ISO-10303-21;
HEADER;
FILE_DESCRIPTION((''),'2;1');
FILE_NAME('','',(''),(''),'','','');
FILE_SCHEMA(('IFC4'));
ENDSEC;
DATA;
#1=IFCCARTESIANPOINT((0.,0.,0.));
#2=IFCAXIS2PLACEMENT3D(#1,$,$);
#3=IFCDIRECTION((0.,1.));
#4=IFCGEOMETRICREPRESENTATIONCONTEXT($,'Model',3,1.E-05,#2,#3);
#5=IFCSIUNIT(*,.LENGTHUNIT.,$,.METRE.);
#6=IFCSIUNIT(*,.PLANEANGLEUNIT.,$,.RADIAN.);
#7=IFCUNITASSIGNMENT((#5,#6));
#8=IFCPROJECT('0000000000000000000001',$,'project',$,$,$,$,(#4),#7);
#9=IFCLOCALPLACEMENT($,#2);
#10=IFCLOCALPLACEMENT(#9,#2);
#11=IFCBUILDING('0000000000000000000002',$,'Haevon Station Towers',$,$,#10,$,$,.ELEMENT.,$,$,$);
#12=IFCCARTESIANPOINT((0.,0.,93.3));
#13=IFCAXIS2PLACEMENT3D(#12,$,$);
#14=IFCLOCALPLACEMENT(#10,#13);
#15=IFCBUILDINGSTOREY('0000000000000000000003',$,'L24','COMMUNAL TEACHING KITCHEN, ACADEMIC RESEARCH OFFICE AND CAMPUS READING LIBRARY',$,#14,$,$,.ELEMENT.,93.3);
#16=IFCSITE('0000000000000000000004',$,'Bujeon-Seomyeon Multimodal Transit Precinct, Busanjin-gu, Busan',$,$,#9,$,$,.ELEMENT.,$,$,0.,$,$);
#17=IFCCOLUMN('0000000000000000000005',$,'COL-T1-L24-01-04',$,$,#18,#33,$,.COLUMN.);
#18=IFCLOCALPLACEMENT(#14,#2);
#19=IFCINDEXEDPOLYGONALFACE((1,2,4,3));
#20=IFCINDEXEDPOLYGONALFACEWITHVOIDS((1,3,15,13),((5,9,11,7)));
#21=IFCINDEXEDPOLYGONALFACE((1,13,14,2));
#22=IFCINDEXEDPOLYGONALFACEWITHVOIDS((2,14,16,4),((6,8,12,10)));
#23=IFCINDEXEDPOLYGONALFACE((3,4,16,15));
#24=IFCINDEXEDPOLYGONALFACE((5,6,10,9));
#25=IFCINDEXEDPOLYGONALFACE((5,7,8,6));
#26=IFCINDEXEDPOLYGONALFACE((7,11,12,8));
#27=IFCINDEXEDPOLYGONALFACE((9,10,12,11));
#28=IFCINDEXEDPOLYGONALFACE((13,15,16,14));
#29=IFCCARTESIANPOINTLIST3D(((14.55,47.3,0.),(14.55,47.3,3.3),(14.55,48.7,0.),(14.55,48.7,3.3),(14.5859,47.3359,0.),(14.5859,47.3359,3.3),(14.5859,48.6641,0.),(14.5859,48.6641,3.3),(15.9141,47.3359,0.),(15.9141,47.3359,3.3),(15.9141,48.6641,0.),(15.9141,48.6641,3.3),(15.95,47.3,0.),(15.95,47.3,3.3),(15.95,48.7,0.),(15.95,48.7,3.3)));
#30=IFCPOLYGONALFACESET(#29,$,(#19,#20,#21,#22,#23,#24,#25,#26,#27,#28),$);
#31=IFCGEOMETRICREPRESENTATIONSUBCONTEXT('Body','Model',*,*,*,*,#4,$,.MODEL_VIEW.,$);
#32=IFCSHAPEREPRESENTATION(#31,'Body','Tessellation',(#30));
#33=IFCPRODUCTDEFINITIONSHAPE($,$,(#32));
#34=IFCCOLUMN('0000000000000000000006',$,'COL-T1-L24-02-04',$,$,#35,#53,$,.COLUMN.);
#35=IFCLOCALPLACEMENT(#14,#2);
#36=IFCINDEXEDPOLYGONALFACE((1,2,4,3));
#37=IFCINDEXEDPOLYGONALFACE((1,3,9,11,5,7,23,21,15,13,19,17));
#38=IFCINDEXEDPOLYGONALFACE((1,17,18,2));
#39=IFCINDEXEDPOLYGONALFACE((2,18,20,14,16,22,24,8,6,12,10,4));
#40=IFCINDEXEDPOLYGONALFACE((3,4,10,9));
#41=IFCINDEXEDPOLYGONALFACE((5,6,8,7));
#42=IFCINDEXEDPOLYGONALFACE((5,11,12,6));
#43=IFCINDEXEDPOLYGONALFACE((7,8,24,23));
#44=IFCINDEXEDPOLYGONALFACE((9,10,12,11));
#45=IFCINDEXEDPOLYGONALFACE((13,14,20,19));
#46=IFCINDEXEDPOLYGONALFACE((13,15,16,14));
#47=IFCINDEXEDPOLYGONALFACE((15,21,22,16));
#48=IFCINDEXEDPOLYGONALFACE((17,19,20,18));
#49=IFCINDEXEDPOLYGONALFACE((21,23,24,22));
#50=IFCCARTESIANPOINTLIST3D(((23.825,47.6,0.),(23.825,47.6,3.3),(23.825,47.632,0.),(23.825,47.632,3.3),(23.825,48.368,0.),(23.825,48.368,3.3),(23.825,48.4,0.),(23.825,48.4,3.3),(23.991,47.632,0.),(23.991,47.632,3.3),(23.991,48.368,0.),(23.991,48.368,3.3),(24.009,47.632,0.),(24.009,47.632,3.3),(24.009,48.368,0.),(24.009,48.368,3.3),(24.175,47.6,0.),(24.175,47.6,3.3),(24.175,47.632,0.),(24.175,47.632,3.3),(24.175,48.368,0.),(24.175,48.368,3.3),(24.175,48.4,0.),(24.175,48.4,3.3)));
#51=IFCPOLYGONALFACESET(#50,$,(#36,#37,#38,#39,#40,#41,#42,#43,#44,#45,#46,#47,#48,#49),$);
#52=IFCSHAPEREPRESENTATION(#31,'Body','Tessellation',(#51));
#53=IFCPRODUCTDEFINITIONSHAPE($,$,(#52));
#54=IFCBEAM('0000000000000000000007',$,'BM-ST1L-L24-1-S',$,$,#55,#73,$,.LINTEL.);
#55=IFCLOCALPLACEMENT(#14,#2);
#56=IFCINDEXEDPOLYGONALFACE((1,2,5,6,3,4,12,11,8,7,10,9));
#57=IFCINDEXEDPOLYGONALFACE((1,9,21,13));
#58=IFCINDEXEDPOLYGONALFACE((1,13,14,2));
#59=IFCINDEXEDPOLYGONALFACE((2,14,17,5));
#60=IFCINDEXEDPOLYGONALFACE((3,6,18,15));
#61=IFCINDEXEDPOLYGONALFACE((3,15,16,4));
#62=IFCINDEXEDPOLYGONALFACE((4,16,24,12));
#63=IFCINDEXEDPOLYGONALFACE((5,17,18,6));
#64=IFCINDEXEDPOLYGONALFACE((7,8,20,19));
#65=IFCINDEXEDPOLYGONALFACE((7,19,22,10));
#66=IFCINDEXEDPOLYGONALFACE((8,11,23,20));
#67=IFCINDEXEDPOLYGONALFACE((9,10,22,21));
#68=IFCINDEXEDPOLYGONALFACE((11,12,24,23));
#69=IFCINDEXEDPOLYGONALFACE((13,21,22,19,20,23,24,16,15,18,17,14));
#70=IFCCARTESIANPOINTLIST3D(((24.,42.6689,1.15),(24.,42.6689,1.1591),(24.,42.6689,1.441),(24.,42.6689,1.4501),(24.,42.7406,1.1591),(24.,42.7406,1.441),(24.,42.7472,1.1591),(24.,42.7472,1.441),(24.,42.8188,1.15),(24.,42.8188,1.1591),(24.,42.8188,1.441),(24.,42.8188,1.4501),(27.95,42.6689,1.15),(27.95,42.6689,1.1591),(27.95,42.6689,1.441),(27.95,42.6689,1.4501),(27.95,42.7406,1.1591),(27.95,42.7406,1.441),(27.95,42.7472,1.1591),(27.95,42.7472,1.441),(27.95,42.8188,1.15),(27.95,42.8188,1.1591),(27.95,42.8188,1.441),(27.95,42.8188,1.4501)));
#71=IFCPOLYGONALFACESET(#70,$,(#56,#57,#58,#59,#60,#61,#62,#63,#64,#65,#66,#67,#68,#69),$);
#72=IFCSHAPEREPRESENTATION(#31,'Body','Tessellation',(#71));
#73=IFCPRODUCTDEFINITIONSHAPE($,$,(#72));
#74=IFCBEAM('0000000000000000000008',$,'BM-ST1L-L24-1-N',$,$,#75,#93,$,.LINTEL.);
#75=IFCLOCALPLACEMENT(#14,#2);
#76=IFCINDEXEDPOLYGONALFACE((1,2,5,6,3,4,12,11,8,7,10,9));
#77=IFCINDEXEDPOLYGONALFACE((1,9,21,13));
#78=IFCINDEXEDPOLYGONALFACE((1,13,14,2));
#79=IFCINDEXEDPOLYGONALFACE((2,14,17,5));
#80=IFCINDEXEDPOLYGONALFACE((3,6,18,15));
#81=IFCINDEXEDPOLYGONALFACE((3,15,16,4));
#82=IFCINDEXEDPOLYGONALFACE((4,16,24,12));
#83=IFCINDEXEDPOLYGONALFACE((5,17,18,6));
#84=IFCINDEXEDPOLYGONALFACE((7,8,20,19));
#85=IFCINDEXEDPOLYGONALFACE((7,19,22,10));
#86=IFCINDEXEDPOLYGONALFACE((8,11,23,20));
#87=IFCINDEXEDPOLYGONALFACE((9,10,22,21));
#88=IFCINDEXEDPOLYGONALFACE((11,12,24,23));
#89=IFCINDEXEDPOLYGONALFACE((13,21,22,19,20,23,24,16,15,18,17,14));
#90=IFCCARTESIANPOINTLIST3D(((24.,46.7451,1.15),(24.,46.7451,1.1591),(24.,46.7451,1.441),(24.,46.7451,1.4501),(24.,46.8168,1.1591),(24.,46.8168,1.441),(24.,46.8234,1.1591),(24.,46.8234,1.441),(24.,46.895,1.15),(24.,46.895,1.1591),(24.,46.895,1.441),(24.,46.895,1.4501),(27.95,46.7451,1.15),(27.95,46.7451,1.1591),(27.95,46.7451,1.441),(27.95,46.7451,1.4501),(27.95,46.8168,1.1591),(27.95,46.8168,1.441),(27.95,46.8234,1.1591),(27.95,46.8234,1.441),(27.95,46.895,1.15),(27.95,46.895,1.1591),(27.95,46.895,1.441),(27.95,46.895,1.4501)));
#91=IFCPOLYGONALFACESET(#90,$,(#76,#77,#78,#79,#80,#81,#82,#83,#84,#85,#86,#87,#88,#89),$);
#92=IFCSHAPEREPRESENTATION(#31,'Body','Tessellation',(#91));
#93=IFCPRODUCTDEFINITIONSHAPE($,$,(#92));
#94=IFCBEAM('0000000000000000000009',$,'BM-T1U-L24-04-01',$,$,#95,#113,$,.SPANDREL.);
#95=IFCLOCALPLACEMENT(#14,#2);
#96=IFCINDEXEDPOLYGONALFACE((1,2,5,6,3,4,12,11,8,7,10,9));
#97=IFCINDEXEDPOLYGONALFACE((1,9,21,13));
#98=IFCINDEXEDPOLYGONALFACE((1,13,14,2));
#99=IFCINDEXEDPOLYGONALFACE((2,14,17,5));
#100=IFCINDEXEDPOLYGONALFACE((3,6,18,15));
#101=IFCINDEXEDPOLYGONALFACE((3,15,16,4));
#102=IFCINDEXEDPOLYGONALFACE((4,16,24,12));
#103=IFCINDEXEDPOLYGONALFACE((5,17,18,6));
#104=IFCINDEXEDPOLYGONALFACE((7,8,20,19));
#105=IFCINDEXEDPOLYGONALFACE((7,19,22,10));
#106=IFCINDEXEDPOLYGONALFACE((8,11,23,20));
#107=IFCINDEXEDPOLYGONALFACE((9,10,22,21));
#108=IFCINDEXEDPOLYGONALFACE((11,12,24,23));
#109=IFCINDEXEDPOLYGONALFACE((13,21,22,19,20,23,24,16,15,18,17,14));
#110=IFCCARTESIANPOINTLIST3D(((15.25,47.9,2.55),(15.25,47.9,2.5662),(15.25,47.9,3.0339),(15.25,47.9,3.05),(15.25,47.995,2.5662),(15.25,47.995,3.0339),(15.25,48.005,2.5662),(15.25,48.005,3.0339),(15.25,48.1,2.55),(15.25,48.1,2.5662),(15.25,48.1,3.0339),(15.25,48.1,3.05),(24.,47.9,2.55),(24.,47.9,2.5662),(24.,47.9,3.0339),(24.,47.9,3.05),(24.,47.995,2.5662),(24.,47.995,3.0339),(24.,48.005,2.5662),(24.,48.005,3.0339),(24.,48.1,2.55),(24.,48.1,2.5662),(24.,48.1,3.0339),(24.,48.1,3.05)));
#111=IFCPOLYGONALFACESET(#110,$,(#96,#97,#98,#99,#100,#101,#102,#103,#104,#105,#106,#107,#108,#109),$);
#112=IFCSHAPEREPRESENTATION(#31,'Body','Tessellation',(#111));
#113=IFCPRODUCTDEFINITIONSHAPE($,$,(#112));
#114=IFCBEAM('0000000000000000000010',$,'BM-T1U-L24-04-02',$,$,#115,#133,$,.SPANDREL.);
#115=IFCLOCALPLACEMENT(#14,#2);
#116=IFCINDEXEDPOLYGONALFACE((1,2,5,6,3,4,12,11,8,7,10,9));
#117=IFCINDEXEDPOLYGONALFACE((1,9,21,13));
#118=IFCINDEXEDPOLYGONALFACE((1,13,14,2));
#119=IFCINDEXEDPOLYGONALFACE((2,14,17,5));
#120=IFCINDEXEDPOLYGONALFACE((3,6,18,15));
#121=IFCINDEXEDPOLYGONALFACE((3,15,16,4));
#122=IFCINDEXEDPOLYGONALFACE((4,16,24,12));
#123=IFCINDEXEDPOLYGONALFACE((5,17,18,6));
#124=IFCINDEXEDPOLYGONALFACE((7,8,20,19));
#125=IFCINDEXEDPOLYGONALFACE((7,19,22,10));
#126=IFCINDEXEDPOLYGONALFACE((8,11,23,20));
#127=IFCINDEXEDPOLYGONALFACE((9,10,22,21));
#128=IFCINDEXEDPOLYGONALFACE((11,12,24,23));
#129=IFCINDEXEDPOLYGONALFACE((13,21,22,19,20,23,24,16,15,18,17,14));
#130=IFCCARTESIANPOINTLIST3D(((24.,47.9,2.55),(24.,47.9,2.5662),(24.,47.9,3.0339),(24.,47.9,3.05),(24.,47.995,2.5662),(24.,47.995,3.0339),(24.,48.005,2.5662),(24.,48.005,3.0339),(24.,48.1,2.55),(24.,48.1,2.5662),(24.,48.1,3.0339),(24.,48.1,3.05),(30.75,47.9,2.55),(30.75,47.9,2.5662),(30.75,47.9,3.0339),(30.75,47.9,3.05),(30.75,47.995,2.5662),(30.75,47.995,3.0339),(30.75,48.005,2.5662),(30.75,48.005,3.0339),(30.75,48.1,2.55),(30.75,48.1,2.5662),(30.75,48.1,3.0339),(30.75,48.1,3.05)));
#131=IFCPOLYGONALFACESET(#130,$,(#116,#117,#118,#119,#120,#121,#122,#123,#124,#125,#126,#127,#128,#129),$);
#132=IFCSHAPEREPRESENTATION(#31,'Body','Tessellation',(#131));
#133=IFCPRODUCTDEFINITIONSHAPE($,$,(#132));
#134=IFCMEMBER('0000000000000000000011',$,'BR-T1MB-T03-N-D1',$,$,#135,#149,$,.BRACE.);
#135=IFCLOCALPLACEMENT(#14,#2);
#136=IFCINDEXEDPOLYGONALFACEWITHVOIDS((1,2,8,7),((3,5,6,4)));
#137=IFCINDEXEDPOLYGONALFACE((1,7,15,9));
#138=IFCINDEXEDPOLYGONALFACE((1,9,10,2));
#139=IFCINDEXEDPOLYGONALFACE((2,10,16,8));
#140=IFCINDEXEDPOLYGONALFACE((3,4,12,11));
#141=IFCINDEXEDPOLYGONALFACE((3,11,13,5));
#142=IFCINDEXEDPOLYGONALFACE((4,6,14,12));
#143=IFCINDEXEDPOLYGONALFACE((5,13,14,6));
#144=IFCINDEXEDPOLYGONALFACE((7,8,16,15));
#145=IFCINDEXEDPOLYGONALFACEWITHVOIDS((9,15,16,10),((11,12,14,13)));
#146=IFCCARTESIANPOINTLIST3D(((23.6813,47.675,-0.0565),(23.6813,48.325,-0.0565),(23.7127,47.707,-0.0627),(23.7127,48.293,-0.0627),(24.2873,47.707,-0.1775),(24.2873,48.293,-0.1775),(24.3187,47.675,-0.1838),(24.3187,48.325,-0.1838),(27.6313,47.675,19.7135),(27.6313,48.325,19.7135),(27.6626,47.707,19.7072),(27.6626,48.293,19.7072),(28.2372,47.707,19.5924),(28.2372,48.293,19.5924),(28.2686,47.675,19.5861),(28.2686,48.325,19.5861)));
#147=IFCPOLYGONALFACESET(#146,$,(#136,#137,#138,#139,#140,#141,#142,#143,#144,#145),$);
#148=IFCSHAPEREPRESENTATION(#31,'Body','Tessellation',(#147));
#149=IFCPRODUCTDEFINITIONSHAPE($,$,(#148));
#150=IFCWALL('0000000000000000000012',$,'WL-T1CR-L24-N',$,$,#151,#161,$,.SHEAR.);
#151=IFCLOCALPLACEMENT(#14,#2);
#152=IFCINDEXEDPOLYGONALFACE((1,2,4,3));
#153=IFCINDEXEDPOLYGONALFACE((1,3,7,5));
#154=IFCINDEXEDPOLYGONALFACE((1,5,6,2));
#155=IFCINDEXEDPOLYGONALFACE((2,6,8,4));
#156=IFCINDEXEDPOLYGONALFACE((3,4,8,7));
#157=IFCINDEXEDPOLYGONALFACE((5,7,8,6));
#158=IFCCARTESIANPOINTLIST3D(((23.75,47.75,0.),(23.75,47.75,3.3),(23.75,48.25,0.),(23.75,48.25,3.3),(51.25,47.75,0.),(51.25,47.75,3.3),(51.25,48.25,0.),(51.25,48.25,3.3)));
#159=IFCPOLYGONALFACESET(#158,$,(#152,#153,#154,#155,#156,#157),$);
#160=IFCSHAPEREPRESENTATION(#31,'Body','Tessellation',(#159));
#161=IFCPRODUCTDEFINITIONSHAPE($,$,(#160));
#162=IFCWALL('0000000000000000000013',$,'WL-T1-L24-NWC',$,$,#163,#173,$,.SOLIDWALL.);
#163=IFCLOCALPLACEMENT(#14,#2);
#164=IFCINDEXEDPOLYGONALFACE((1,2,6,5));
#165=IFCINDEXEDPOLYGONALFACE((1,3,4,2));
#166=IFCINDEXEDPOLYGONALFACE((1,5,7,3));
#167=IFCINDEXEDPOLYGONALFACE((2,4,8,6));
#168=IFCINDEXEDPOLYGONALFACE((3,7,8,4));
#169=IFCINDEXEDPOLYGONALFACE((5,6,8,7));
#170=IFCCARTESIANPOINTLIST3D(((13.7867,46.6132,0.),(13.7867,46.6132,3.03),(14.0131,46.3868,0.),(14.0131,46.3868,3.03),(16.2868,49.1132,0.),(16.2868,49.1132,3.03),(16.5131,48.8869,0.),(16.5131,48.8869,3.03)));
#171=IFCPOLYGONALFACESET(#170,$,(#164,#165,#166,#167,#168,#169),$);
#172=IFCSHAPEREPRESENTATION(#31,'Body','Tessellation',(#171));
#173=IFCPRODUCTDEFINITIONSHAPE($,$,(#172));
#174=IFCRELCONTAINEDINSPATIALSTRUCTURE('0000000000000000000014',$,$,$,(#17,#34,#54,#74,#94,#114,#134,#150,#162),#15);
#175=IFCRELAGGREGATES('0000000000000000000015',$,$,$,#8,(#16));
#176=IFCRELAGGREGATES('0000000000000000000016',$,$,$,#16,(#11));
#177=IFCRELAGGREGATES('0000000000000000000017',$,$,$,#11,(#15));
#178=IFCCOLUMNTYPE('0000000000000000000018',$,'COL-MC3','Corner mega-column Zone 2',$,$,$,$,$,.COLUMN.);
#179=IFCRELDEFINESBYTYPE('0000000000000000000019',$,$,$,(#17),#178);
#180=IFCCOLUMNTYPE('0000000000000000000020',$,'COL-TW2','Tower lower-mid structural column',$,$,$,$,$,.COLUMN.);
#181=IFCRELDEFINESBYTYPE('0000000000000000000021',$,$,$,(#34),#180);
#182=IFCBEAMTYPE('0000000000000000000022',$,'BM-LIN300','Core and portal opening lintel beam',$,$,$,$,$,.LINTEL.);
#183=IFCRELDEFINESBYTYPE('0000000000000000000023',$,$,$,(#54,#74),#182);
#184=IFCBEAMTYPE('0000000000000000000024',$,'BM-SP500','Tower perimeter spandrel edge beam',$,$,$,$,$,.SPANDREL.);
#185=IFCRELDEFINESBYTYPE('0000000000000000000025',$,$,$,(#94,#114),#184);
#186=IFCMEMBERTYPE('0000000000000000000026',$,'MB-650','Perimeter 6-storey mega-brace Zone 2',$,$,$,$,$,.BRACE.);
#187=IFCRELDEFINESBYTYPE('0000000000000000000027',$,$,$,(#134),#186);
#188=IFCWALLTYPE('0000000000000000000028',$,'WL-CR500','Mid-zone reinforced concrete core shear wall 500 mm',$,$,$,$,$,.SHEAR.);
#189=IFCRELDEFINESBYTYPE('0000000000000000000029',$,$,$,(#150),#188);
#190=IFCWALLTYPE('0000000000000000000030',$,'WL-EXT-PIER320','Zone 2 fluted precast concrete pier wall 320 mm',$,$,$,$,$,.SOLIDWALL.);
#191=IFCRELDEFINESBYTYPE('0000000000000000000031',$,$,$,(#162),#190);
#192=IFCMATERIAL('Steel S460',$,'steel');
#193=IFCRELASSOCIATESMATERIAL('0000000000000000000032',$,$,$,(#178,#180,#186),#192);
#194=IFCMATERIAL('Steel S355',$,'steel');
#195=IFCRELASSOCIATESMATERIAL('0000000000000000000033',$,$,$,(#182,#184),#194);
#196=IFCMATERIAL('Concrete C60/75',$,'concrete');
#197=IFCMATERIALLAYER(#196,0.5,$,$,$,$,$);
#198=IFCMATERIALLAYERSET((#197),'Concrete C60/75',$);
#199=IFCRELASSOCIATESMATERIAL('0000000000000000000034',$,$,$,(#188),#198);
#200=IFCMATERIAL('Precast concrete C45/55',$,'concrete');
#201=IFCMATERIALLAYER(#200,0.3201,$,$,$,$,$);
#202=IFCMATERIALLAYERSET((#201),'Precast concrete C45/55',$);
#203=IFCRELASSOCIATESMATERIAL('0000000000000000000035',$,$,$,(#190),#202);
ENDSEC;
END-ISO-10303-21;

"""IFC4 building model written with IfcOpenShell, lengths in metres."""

from ifc_helpers import new_model, si_unit, direction, frame, frame_2d, origin, origin_2d, place, context, subcontext, project, spatial, rectangle, hollow_rectangle, i_section, extrude, material, layer, layer_set, material_profile, profile_set, type_object, element, save


model = new_model("IFC4")

# Units and contexts
model_context = context("Model", 3, precision=1e-05, world=origin(), true_north=direction((0.0, 1.0)))
body_context = subcontext(model_context, "Body", "Model", "MODEL_VIEW")
ifc_project = project(units=[si_unit("LENGTHUNIT", "METRE"), si_unit("PLANEANGLEUNIT", "RADIAN")], contexts=[model_context])

# Site, building, storey
site_placement = place(None, origin())
site = spatial("IfcSite", under=ifc_project, at=site_placement, Name="Bujeon-Seomyeon Multimodal Transit Precinct, Busanjin-gu, Busan", CompositionType="ELEMENT", RefElevation=0.0)
building_placement = place(site_placement, origin())
building = spatial("IfcBuilding", under=site, at=building_placement, Name="Haevon Station Towers", CompositionType="ELEMENT")
storey_placement = place(building_placement, frame((0.0, 0.0, 93.3)))
storey = spatial("IfcBuildingStorey", under=building, at=storey_placement, Name="L24", Description="COMMUNAL TEACHING KITCHEN, ACADEMIC RESEARCH OFFICE AND CAMPUS READING LIBRARY", CompositionType="ELEMENT", Elevation=93.3)

# Columns
ifc_material_1 = material(Name="Steel S460", Category="steel")
ifc_material_profile_1 = material_profile(ifc_material_1, hollow_rectangle(XDim=1.3999, YDim=1.3999, WallThickness=0.0359, at=origin_2d()), Name="BOX-1400x1400x36")
ifc_profile_set_1 = profile_set([ifc_material_profile_1], Name="Steel S460")
column_type_1 = type_object("IfcColumnType", Name="COL-MC3", Description="Corner mega-column Zone 2", PredefinedType="COLUMN", material=ifc_profile_set_1)
column_1_placement = place(storey_placement, frame((15.25, 48.0, 0.0), z_axis=(0.0, 0.0, 1.0), x_axis=(1.0, 0.0, 0.0)))
element("IfcColumn", 1, at=column_1_placement, inside=storey, type_object=column_type_1, Name="COL-T1-L24-01-04", PredefinedType="COLUMN", context=body_context, shape_type="SweptSolid", body=[
    extrude(hollow_rectangle(XDim=1.3999, YDim=1.3999, WallThickness=0.0359, at=origin_2d()), origin(), (0.0, 0.0, 1.0), 3.3),
])
ifc_material_profile_2 = material_profile(ifc_material_1, i_section(OverallWidth=0.3501, OverallDepth=0.8, WebThickness=0.0181, FlangeThickness=0.032, at=origin_2d()), Name="H-800x350x18x32")
ifc_profile_set_2 = profile_set([ifc_material_profile_2], Name="Steel S460")
column_type_2 = type_object("IfcColumnType", Name="COL-TW2", Description="Tower lower-mid structural column", PredefinedType="COLUMN", material=ifc_profile_set_2)
column_2_placement = place(storey_placement, frame((24.0, 48.0, 0.0), z_axis=(0.0, 0.0, 1.0), x_axis=(1.0, 0.0, 0.0)))
element("IfcColumn", 2, at=column_2_placement, inside=storey, type_object=column_type_2, Name="COL-T1-L24-02-04", PredefinedType="COLUMN", context=body_context, shape_type="SweptSolid", body=[
    extrude(i_section(OverallWidth=0.3501, OverallDepth=0.8, WebThickness=0.0181, FlangeThickness=0.032, at=origin_2d()), origin(), (0.0, 0.0, 1.0), 3.3),
])

# Beams
ifc_material_2 = material(Name="Steel S355", Category="steel")
ifc_material_profile_3 = material_profile(ifc_material_2, i_section(OverallWidth=0.1499, OverallDepth=0.3, WebThickness=0.0066, FlangeThickness=0.009, at=origin_2d()), Name="H-300x150x6.5x9")
ifc_profile_set_3 = profile_set([ifc_material_profile_3], Name="Steel S355")
beam_type_1 = type_object("IfcBeamType", Name="BM-LIN300", Description="Core and portal opening lintel beam", PredefinedType="LINTEL", material=ifc_profile_set_3)
for number, where, z_axis, x_axis, name in (
    (3, (24.0, 42.7439, 1.3), (1.0, 0.0, 0.0), (0.0, 1.0, 0.0), "BM-ST1L-L24-1-S"),
    (4, (24.0, 46.8201, 1.3), (1.0, 0.0, 0.0), (0.0, 1.0, 0.0), "BM-ST1L-L24-1-N"),
):
    element("IfcBeam", number, at=place(storey_placement, frame(where, z_axis=z_axis, x_axis=x_axis)), inside=storey, type_object=beam_type_1, Name=name, PredefinedType="LINTEL", context=body_context, shape_type="SweptSolid", body=[
        extrude(i_section(OverallWidth=0.1499, OverallDepth=0.3, WebThickness=0.0066, FlangeThickness=0.009, at=origin_2d()), origin(), (0.0, 0.0, 1.0), 3.95),
    ])
ifc_material_profile_4 = material_profile(ifc_material_2, i_section(OverallWidth=0.2, OverallDepth=0.5, WebThickness=0.01, FlangeThickness=0.0161, at=origin_2d()), Name="H-500x200x10x16")
ifc_profile_set_4 = profile_set([ifc_material_profile_4], Name="Steel S355")
beam_type_2 = type_object("IfcBeamType", Name="BM-SP500", Description="Tower perimeter spandrel edge beam", PredefinedType="SPANDREL", material=ifc_profile_set_4)
beam_1_placement = place(storey_placement, frame((15.25, 48.0, 2.8), z_axis=(1.0, 0.0, 0.0), x_axis=(0.0, 1.0, 0.0)))
element("IfcBeam", 5, at=beam_1_placement, inside=storey, type_object=beam_type_2, Name="BM-T1U-L24-04-01", PredefinedType="SPANDREL", context=body_context, shape_type="SweptSolid", body=[
    extrude(i_section(OverallWidth=0.2, OverallDepth=0.5, WebThickness=0.01, FlangeThickness=0.0161, at=origin_2d()), origin(), (0.0, 0.0, 1.0), 8.75),
])
beam_2_placement = place(storey_placement, frame((24.0, 48.0, 2.8), z_axis=(1.0, 0.0, 0.0), x_axis=(0.0, 1.0, 0.0)))
element("IfcBeam", 6, at=beam_2_placement, inside=storey, type_object=beam_type_2, Name="BM-T1U-L24-04-02", PredefinedType="SPANDREL", context=body_context, shape_type="SweptSolid", body=[
    extrude(i_section(OverallWidth=0.2, OverallDepth=0.5, WebThickness=0.01, FlangeThickness=0.0161, at=origin_2d()), origin(), (0.0, 0.0, 1.0), 6.75),
])

# Member
ifc_material_profile_5 = material_profile(ifc_material_1, hollow_rectangle(XDim=0.6499, YDim=0.6499, WallThickness=0.032, at=origin_2d()), Name="RHS-650x650x32")
ifc_profile_set_5 = profile_set([ifc_material_profile_5], Name="Steel S460")
member_type = type_object("IfcMemberType", Name="MB-650", Description="Perimeter 6-storey mega-brace Zone 2", PredefinedType="BRACE", material=ifc_profile_set_5)
member_placement = place(storey_placement, frame((24.0, 48.0, -0.1201), z_axis=(0.195923, 0.0, 0.980619), x_axis=(0.0, 1.0, 0.0)))
element("IfcMember", 7, at=member_placement, inside=storey, type_object=member_type, Name="BR-T1MB-T03-N-D1", PredefinedType="BRACE", context=body_context, shape_type="SweptSolid", body=[
    extrude(hollow_rectangle(XDim=0.6499, YDim=0.6499, WallThickness=0.032, at=origin_2d()), origin(), (0.0, 0.0, 1.0), 20.1606),
])

# Walls
ifc_material_3 = material(Name="Concrete C60/75", Category="concrete")
ifc_layer_1 = layer(ifc_material_3, 0.5)
ifc_layer_set_1 = layer_set([ifc_layer_1], Name="Concrete C60/75")
wall_type_1 = type_object("IfcWallType", Name="WL-CR500", Description="Mid-zone reinforced concrete core shear wall 500 mm", PredefinedType="SHEAR", material=ifc_layer_set_1)
wall_1_placement = place(storey_placement, frame((23.75, 48.0, 0.0), z_axis=(0.0, 0.0, 1.0), x_axis=(1.0, 0.0, 0.0)))
element("IfcWall", 8, at=wall_1_placement, inside=storey, type_object=wall_type_1, Name="WL-T1CR-L24-N", PredefinedType="SHEAR", context=body_context, shape_type="SweptSolid", body=[
    extrude(rectangle(XDim=27.5, YDim=0.5, at=frame_2d((13.75, 0.0))), origin(), (0.0, 0.0, 1.0), 3.3),
])
ifc_material_4 = material(Name="Precast concrete C45/55", Category="concrete")
ifc_layer_2 = layer(ifc_material_4, 0.3201)
ifc_layer_set_2 = layer_set([ifc_layer_2], Name="Precast concrete C45/55")
wall_type_2 = type_object("IfcWallType", Name="WL-EXT-PIER320", Description="Zone 2 fluted precast concrete pier wall 320 mm", PredefinedType="SOLIDWALL", material=ifc_layer_set_2)
wall_2_placement = place(storey_placement, frame((13.8999, 46.5, 0.0), z_axis=(0.0, 0.0, 1.0), x_axis=(0.707107, 0.707107, 0.0)))
element("IfcWall", 9, at=wall_2_placement, inside=storey, type_object=wall_type_2, Name="WL-T1-L24-NWC", PredefinedType="SOLIDWALL", context=body_context, shape_type="SweptSolid", body=[
    extrude(rectangle(XDim=3.5356, YDim=0.3201, at=frame_2d((1.7678, 0.0))), origin(), (0.0, 0.0, 1.0), 3.03),
])

save(model, "model.ifc")
